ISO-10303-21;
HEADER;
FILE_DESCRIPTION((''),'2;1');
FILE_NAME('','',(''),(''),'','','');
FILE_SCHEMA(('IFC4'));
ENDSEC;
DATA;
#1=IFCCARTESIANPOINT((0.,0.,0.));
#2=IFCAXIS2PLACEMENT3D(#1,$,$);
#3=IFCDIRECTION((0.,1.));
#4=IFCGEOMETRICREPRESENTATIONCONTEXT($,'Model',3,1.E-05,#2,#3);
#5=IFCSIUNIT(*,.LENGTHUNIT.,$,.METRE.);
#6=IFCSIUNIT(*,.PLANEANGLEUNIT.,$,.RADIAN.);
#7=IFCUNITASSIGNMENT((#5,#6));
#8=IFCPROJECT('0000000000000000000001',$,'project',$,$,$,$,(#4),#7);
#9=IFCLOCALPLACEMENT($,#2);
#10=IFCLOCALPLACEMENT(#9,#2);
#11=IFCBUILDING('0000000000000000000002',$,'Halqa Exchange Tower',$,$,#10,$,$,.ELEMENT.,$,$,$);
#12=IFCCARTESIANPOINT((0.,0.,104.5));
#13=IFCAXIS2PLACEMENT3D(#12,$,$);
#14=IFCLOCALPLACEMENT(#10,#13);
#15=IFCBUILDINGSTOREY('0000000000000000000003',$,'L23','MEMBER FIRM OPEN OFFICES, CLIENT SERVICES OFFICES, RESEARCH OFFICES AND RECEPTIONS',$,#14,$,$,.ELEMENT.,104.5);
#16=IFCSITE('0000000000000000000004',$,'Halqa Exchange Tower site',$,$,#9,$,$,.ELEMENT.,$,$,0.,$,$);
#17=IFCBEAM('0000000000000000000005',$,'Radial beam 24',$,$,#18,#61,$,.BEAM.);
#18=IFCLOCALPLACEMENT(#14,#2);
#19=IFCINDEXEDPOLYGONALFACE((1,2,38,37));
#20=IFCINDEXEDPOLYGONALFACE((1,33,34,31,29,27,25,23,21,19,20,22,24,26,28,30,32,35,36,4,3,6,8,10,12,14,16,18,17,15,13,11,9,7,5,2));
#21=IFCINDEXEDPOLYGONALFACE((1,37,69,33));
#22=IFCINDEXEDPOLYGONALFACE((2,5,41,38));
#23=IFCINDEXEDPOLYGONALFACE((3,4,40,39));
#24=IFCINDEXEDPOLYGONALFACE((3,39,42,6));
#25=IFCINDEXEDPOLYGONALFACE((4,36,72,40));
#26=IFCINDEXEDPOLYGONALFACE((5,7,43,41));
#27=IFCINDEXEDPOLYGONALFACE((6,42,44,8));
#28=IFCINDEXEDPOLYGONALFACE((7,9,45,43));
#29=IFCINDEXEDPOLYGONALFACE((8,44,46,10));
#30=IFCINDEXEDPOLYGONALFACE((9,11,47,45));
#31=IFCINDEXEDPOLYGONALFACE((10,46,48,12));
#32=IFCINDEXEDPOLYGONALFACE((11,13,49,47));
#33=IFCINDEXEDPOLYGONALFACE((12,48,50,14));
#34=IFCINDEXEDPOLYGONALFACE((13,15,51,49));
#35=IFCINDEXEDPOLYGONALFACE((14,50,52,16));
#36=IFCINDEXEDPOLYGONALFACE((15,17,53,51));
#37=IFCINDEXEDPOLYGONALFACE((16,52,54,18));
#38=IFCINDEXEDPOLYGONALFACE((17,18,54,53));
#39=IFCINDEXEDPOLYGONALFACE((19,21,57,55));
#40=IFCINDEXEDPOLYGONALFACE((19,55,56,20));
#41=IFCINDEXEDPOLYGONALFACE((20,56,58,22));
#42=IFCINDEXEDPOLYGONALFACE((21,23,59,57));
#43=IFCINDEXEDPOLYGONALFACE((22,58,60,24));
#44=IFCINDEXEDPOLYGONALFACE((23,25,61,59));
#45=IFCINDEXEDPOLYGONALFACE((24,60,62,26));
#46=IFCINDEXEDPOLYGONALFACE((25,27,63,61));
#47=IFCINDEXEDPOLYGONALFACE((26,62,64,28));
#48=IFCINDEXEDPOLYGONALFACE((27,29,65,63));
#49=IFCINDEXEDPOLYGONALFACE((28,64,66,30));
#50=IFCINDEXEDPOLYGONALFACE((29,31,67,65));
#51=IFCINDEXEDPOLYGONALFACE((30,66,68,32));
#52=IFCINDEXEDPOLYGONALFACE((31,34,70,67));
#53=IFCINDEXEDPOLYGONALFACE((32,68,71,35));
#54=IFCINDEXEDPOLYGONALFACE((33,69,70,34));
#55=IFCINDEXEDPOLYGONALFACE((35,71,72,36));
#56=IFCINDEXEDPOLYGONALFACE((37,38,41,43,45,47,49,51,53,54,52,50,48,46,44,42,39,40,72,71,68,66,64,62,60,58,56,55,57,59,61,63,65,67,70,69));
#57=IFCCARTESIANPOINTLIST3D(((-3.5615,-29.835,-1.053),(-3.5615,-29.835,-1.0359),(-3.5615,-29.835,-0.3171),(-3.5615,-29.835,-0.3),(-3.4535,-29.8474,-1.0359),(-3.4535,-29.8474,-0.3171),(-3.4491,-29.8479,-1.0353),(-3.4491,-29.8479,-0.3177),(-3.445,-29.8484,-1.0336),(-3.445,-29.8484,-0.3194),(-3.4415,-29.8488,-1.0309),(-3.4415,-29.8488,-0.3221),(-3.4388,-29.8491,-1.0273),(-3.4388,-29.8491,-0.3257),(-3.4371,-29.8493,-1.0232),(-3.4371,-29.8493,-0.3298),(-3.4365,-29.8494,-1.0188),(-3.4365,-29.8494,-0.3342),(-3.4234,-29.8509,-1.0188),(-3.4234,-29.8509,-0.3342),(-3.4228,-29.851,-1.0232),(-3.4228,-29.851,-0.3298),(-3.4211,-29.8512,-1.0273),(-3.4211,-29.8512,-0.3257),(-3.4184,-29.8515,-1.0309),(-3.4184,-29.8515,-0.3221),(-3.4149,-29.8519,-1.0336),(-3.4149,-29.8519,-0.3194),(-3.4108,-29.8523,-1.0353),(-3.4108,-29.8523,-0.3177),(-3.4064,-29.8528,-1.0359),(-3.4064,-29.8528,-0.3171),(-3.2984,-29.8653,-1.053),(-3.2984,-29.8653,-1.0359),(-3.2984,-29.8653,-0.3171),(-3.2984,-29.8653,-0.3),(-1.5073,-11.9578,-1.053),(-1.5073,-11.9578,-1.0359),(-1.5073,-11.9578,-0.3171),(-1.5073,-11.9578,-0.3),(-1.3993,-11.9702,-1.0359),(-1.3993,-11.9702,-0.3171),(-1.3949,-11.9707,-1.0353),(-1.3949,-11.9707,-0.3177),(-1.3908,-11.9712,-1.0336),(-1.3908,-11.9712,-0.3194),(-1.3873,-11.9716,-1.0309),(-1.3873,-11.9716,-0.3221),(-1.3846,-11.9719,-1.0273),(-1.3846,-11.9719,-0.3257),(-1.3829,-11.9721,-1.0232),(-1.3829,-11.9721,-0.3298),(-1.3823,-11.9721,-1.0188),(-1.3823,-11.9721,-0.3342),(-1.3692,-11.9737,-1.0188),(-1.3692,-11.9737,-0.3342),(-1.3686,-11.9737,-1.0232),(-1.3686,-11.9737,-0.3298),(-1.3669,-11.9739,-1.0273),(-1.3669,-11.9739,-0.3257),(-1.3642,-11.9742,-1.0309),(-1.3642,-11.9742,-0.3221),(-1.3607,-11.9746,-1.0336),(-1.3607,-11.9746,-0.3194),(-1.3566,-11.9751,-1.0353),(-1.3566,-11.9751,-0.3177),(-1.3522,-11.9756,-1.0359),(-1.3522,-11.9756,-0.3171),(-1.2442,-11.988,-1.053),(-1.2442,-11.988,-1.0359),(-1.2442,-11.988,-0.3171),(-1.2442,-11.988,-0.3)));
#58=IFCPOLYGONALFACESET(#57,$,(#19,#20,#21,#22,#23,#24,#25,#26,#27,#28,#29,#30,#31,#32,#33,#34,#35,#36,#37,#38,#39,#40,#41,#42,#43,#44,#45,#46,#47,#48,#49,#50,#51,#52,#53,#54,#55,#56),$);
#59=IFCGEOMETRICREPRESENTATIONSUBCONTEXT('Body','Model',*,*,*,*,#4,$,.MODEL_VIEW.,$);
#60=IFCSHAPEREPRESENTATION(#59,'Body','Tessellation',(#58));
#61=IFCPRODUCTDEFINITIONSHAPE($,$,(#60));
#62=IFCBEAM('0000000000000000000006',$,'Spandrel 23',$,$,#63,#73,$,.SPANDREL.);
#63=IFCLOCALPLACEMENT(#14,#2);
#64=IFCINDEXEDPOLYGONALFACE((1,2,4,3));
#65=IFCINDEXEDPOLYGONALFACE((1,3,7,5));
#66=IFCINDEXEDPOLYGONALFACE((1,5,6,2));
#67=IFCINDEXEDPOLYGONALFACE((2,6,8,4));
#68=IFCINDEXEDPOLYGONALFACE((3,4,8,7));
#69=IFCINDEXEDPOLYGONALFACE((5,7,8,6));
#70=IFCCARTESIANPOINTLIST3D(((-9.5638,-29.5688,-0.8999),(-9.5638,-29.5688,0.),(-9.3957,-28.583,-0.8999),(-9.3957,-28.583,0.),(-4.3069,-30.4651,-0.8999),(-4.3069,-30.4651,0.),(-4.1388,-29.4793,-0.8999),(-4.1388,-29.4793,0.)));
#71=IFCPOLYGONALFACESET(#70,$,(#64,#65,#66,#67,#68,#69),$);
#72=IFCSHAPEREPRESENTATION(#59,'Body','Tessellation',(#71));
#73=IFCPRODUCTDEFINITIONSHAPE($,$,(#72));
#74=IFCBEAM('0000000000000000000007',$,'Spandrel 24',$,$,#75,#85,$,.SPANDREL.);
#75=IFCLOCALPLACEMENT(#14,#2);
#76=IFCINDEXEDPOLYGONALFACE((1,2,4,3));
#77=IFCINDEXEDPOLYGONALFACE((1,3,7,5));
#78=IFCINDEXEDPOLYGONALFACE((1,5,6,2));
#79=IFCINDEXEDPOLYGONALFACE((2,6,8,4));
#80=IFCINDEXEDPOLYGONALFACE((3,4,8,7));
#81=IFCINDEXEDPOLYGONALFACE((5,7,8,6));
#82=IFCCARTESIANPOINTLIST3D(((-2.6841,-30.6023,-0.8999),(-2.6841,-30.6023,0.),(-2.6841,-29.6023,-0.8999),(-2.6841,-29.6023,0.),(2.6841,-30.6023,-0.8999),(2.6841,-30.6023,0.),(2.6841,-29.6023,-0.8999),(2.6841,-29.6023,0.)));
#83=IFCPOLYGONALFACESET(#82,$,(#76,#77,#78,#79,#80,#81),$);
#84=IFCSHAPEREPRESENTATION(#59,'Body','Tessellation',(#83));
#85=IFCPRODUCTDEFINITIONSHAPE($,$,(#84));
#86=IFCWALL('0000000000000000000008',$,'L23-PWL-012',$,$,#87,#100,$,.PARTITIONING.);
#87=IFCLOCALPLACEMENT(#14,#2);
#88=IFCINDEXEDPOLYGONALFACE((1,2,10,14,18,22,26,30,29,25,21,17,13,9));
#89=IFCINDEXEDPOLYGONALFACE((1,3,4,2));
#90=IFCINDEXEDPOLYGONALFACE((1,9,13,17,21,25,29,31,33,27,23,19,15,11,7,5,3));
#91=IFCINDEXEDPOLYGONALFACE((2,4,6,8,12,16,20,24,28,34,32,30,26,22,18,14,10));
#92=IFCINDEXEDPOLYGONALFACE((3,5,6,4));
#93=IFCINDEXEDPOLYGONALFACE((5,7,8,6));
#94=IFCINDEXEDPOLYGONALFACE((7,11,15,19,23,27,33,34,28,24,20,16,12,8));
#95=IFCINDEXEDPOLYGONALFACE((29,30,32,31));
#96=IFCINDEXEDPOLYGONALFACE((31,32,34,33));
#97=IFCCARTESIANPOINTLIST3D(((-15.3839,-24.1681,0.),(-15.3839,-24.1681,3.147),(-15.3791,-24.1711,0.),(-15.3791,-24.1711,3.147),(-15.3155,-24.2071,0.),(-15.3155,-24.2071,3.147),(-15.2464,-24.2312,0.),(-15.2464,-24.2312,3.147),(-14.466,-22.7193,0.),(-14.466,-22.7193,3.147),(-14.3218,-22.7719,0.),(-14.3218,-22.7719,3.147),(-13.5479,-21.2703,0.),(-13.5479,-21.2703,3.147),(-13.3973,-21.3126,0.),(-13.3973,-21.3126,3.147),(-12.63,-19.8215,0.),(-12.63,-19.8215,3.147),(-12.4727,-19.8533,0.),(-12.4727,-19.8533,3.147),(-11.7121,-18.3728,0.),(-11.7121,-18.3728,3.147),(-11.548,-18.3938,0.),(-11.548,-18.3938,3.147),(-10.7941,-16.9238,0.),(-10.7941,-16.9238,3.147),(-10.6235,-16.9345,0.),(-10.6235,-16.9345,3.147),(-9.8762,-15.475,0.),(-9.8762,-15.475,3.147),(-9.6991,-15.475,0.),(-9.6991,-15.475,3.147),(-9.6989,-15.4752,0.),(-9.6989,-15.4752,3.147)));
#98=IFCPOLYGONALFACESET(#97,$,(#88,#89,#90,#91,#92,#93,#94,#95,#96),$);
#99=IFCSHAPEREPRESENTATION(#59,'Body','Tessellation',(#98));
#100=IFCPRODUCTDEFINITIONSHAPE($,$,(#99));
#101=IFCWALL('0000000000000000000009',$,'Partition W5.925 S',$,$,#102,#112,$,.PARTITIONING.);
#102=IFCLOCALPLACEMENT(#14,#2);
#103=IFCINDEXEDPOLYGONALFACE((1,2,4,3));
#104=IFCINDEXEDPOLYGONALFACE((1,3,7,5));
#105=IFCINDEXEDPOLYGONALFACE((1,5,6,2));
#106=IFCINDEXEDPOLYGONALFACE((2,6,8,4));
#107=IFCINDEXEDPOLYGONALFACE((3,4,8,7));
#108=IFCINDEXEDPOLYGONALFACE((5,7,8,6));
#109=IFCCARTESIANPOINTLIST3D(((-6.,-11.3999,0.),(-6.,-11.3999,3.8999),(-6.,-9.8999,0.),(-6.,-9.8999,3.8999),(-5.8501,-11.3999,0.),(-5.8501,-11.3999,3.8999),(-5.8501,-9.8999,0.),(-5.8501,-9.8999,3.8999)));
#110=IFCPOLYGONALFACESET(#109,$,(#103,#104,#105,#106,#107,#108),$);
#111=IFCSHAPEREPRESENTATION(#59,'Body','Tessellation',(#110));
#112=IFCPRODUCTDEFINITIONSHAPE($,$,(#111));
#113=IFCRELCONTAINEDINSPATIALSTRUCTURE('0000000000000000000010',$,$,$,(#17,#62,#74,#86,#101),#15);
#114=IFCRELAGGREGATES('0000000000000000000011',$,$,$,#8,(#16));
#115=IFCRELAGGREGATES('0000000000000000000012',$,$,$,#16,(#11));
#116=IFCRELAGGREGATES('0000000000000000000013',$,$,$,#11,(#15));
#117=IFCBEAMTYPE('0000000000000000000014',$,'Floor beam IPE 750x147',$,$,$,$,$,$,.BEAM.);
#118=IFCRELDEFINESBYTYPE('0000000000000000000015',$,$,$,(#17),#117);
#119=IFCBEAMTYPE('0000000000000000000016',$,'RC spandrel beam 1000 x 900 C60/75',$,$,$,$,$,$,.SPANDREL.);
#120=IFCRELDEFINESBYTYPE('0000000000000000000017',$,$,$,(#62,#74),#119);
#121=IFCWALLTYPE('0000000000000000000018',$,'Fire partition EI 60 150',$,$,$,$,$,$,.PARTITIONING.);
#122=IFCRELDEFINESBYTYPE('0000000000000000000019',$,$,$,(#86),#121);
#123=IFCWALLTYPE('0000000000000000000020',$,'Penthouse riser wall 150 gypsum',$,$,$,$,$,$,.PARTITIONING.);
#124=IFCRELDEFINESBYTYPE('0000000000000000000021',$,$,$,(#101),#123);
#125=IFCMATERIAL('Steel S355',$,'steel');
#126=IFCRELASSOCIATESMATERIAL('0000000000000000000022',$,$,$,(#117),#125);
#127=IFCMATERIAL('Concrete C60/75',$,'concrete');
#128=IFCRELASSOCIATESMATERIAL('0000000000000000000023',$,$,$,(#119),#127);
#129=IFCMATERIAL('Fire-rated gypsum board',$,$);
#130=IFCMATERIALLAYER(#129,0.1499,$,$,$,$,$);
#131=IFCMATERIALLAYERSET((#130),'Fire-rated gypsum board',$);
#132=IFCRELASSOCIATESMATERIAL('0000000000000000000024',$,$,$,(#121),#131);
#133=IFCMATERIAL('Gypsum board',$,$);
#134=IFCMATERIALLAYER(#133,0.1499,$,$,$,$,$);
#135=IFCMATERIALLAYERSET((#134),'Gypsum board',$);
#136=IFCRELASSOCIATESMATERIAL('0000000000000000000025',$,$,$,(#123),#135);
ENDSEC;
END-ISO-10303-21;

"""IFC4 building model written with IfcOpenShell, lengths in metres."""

from ifc_helpers import new_model, si_unit, direction, frame, frame_2d, origin, origin_2d, place, context, subcontext, project, spatial, polyline, rectangle, i_section, outline, extrude, material, layer, layer_set, material_profile, profile_set, type_object, element, save


model = new_model("IFC4")

# Units and contexts
model_context = context("Model", 3, precision=1e-05, world=origin(), true_north=direction((0.0, 1.0)))
body_context = subcontext(model_context, "Body", "Model", "MODEL_VIEW")
ifc_project = project(units=[si_unit("LENGTHUNIT", "METRE"), si_unit("PLANEANGLEUNIT", "RADIAN")], contexts=[model_context])

# Site, building, storey
site_placement = place(None, origin())
site = spatial("IfcSite", under=ifc_project, at=site_placement, Name="Halqa Exchange Tower site", CompositionType="ELEMENT", RefElevation=0.0)
building_placement = place(site_placement, origin())
building = spatial("IfcBuilding", under=site, at=building_placement, Name="Halqa Exchange Tower", CompositionType="ELEMENT")
storey_placement = place(building_placement, frame((0.0, 0.0, 104.5)))
storey = spatial("IfcBuildingStorey", under=building, at=storey_placement, Name="L23", Description="MEMBER FIRM OPEN OFFICES, CLIENT SERVICES OFFICES, RESEARCH OFFICES AND RECEPTIONS", CompositionType="ELEMENT", Elevation=104.5)

# Beams
ifc_material_1 = material(Name="Steel S355", Category="steel")
ifc_material_profile_1 = material_profile(ifc_material_1, i_section(OverallWidth=0.2649, OverallDepth=0.7529, WebThickness=0.0132, FlangeThickness=0.0171, FilletRadius=0.0171, at=origin_2d()), Name="IPE 750x147")
ifc_profile_set_1 = profile_set([ifc_material_profile_1], Name="Steel S355")
beam_type_1 = type_object("IfcBeamType", Name="Floor beam IPE 750x147", PredefinedType="BEAM", material=ifc_profile_set_1)
beam_1_placement = place(storey_placement, frame((-1.3757, -11.9729, -0.6765), z_axis=(-0.114155, -0.993463, 0.0), x_axis=(0.993463, -0.114155, 0.0)))
element("IfcBeam", 1, at=beam_1_placement, inside=storey, type_object=beam_type_1, Name="Radial beam 24", PredefinedType="BEAM", context=body_context, shape_type="SweptSolid", body=[
    extrude(i_section(OverallWidth=0.2649, OverallDepth=0.7529, WebThickness=0.0132, FlangeThickness=0.0171, FilletRadius=0.0171, at=origin_2d()), origin(), (0.0, 0.0, 1.0), 17.9949),
])
ifc_material_2 = material(Name="Concrete C60/75", Category="concrete")
ifc_material_profile_2 = material_profile(ifc_material_2, rectangle(XDim=1.0, YDim=0.8999, at=origin_2d()), Name="1000 x 900")
ifc_profile_set_2 = profile_set([ifc_material_profile_2], Name="Concrete C60/75")
beam_type_2 = type_object("IfcBeamType", Name="RC spandrel beam 1000 x 900 C60/75", PredefinedType="SPANDREL", material=ifc_profile_set_2)
beam_2_placement = place(storey_placement, frame((-9.4797, -29.0759, -0.45), z_axis=(0.985776, -0.168065, 0.0), x_axis=(0.168065, 0.985776, 0.0)))
element("IfcBeam", 2, at=beam_2_placement, inside=storey, type_object=beam_type_2, Name="Spandrel 23", PredefinedType="SPANDREL", context=body_context, shape_type="SweptSolid", body=[
    extrude(rectangle(XDim=1.0, YDim=0.8999, at=origin_2d()), origin(), (0.0, 0.0, 1.0), 5.3328),
])
beam_3_placement = place(storey_placement, frame((-2.6841, -30.1023, -0.45), z_axis=(1.0, 0.0, 0.0), x_axis=(0.0, 1.0, 0.0)))
element("IfcBeam", 3, at=beam_3_placement, inside=storey, type_object=beam_type_2, Name="Spandrel 24", PredefinedType="SPANDREL", context=body_context, shape_type="SweptSolid", body=[
    extrude(rectangle(XDim=1.0, YDim=0.8999, at=origin_2d()), origin(), (0.0, 0.0, 1.0), 5.3682),
])

# Walls
ifc_material_3 = material(Name="Fire-rated gypsum board")
ifc_layer_1 = layer(ifc_material_3, 0.1499)
ifc_layer_set_1 = layer_set([ifc_layer_1], Name="Fire-rated gypsum board")
wall_type_1 = type_object("IfcWallType", Name="Fire partition EI 60 150", PredefinedType="PARTITIONING", material=ifc_layer_set_1)
wall_1_placement = place(storey_placement, frame((-9.7622, -15.4351, 0.0), z_axis=(0.0, 0.0, 1.0), x_axis=(-0.535189, -0.844732, 0.0)))
element("IfcWall", 4, at=wall_1_placement, inside=storey, type_object=wall_type_1, Name="L23-PWL-012", PredefinedType="PARTITIONING", context=body_context, shape_type="SweptSolid", body=[
    extrude(outline(polyline([(10.3857, -0.075), (10.3857, -0.0693), (10.3821, 0.0037), (10.3655, 0.075), (8.6379, 0.075), (6.9104, 0.075), (5.1829, 0.075), (3.4551, 0.075), (1.7275, 0.075), (0.0, 0.075), (0.0, 0.0747), (0.0947, -0.075), (1.8098, -0.075), (3.5251, -0.075), (5.2402, -0.075), (6.9553, -0.075), (8.6707, -0.075), (10.3857, -0.075)])), origin(), (0.0, 0.0, 1.0), 3.147),
])
ifc_material_4 = material(Name="Gypsum board")
ifc_layer_2 = layer(ifc_material_4, 0.1499)
ifc_layer_set_2 = layer_set([ifc_layer_2], Name="Gypsum board")
wall_type_2 = type_object("IfcWallType", Name="Penthouse riser wall 150 gypsum", PredefinedType="PARTITIONING", material=ifc_layer_set_2)
wall_2_placement = place(storey_placement, frame((-5.925, -11.3999, 0.0), z_axis=(0.0, 0.0, 1.0), x_axis=(0.0, 1.0, 0.0)))
element("IfcWall", 5, at=wall_2_placement, inside=storey, type_object=wall_type_2, Name="Partition W5.925 S", PredefinedType="PARTITIONING", context=body_context, shape_type="SweptSolid", body=[
    extrude(rectangle(XDim=1.5, YDim=0.1499, at=frame_2d((0.75, 0.0))), origin(), (0.0, 0.0, 1.0), 3.8999),
])

save(model, "model.ifc")
